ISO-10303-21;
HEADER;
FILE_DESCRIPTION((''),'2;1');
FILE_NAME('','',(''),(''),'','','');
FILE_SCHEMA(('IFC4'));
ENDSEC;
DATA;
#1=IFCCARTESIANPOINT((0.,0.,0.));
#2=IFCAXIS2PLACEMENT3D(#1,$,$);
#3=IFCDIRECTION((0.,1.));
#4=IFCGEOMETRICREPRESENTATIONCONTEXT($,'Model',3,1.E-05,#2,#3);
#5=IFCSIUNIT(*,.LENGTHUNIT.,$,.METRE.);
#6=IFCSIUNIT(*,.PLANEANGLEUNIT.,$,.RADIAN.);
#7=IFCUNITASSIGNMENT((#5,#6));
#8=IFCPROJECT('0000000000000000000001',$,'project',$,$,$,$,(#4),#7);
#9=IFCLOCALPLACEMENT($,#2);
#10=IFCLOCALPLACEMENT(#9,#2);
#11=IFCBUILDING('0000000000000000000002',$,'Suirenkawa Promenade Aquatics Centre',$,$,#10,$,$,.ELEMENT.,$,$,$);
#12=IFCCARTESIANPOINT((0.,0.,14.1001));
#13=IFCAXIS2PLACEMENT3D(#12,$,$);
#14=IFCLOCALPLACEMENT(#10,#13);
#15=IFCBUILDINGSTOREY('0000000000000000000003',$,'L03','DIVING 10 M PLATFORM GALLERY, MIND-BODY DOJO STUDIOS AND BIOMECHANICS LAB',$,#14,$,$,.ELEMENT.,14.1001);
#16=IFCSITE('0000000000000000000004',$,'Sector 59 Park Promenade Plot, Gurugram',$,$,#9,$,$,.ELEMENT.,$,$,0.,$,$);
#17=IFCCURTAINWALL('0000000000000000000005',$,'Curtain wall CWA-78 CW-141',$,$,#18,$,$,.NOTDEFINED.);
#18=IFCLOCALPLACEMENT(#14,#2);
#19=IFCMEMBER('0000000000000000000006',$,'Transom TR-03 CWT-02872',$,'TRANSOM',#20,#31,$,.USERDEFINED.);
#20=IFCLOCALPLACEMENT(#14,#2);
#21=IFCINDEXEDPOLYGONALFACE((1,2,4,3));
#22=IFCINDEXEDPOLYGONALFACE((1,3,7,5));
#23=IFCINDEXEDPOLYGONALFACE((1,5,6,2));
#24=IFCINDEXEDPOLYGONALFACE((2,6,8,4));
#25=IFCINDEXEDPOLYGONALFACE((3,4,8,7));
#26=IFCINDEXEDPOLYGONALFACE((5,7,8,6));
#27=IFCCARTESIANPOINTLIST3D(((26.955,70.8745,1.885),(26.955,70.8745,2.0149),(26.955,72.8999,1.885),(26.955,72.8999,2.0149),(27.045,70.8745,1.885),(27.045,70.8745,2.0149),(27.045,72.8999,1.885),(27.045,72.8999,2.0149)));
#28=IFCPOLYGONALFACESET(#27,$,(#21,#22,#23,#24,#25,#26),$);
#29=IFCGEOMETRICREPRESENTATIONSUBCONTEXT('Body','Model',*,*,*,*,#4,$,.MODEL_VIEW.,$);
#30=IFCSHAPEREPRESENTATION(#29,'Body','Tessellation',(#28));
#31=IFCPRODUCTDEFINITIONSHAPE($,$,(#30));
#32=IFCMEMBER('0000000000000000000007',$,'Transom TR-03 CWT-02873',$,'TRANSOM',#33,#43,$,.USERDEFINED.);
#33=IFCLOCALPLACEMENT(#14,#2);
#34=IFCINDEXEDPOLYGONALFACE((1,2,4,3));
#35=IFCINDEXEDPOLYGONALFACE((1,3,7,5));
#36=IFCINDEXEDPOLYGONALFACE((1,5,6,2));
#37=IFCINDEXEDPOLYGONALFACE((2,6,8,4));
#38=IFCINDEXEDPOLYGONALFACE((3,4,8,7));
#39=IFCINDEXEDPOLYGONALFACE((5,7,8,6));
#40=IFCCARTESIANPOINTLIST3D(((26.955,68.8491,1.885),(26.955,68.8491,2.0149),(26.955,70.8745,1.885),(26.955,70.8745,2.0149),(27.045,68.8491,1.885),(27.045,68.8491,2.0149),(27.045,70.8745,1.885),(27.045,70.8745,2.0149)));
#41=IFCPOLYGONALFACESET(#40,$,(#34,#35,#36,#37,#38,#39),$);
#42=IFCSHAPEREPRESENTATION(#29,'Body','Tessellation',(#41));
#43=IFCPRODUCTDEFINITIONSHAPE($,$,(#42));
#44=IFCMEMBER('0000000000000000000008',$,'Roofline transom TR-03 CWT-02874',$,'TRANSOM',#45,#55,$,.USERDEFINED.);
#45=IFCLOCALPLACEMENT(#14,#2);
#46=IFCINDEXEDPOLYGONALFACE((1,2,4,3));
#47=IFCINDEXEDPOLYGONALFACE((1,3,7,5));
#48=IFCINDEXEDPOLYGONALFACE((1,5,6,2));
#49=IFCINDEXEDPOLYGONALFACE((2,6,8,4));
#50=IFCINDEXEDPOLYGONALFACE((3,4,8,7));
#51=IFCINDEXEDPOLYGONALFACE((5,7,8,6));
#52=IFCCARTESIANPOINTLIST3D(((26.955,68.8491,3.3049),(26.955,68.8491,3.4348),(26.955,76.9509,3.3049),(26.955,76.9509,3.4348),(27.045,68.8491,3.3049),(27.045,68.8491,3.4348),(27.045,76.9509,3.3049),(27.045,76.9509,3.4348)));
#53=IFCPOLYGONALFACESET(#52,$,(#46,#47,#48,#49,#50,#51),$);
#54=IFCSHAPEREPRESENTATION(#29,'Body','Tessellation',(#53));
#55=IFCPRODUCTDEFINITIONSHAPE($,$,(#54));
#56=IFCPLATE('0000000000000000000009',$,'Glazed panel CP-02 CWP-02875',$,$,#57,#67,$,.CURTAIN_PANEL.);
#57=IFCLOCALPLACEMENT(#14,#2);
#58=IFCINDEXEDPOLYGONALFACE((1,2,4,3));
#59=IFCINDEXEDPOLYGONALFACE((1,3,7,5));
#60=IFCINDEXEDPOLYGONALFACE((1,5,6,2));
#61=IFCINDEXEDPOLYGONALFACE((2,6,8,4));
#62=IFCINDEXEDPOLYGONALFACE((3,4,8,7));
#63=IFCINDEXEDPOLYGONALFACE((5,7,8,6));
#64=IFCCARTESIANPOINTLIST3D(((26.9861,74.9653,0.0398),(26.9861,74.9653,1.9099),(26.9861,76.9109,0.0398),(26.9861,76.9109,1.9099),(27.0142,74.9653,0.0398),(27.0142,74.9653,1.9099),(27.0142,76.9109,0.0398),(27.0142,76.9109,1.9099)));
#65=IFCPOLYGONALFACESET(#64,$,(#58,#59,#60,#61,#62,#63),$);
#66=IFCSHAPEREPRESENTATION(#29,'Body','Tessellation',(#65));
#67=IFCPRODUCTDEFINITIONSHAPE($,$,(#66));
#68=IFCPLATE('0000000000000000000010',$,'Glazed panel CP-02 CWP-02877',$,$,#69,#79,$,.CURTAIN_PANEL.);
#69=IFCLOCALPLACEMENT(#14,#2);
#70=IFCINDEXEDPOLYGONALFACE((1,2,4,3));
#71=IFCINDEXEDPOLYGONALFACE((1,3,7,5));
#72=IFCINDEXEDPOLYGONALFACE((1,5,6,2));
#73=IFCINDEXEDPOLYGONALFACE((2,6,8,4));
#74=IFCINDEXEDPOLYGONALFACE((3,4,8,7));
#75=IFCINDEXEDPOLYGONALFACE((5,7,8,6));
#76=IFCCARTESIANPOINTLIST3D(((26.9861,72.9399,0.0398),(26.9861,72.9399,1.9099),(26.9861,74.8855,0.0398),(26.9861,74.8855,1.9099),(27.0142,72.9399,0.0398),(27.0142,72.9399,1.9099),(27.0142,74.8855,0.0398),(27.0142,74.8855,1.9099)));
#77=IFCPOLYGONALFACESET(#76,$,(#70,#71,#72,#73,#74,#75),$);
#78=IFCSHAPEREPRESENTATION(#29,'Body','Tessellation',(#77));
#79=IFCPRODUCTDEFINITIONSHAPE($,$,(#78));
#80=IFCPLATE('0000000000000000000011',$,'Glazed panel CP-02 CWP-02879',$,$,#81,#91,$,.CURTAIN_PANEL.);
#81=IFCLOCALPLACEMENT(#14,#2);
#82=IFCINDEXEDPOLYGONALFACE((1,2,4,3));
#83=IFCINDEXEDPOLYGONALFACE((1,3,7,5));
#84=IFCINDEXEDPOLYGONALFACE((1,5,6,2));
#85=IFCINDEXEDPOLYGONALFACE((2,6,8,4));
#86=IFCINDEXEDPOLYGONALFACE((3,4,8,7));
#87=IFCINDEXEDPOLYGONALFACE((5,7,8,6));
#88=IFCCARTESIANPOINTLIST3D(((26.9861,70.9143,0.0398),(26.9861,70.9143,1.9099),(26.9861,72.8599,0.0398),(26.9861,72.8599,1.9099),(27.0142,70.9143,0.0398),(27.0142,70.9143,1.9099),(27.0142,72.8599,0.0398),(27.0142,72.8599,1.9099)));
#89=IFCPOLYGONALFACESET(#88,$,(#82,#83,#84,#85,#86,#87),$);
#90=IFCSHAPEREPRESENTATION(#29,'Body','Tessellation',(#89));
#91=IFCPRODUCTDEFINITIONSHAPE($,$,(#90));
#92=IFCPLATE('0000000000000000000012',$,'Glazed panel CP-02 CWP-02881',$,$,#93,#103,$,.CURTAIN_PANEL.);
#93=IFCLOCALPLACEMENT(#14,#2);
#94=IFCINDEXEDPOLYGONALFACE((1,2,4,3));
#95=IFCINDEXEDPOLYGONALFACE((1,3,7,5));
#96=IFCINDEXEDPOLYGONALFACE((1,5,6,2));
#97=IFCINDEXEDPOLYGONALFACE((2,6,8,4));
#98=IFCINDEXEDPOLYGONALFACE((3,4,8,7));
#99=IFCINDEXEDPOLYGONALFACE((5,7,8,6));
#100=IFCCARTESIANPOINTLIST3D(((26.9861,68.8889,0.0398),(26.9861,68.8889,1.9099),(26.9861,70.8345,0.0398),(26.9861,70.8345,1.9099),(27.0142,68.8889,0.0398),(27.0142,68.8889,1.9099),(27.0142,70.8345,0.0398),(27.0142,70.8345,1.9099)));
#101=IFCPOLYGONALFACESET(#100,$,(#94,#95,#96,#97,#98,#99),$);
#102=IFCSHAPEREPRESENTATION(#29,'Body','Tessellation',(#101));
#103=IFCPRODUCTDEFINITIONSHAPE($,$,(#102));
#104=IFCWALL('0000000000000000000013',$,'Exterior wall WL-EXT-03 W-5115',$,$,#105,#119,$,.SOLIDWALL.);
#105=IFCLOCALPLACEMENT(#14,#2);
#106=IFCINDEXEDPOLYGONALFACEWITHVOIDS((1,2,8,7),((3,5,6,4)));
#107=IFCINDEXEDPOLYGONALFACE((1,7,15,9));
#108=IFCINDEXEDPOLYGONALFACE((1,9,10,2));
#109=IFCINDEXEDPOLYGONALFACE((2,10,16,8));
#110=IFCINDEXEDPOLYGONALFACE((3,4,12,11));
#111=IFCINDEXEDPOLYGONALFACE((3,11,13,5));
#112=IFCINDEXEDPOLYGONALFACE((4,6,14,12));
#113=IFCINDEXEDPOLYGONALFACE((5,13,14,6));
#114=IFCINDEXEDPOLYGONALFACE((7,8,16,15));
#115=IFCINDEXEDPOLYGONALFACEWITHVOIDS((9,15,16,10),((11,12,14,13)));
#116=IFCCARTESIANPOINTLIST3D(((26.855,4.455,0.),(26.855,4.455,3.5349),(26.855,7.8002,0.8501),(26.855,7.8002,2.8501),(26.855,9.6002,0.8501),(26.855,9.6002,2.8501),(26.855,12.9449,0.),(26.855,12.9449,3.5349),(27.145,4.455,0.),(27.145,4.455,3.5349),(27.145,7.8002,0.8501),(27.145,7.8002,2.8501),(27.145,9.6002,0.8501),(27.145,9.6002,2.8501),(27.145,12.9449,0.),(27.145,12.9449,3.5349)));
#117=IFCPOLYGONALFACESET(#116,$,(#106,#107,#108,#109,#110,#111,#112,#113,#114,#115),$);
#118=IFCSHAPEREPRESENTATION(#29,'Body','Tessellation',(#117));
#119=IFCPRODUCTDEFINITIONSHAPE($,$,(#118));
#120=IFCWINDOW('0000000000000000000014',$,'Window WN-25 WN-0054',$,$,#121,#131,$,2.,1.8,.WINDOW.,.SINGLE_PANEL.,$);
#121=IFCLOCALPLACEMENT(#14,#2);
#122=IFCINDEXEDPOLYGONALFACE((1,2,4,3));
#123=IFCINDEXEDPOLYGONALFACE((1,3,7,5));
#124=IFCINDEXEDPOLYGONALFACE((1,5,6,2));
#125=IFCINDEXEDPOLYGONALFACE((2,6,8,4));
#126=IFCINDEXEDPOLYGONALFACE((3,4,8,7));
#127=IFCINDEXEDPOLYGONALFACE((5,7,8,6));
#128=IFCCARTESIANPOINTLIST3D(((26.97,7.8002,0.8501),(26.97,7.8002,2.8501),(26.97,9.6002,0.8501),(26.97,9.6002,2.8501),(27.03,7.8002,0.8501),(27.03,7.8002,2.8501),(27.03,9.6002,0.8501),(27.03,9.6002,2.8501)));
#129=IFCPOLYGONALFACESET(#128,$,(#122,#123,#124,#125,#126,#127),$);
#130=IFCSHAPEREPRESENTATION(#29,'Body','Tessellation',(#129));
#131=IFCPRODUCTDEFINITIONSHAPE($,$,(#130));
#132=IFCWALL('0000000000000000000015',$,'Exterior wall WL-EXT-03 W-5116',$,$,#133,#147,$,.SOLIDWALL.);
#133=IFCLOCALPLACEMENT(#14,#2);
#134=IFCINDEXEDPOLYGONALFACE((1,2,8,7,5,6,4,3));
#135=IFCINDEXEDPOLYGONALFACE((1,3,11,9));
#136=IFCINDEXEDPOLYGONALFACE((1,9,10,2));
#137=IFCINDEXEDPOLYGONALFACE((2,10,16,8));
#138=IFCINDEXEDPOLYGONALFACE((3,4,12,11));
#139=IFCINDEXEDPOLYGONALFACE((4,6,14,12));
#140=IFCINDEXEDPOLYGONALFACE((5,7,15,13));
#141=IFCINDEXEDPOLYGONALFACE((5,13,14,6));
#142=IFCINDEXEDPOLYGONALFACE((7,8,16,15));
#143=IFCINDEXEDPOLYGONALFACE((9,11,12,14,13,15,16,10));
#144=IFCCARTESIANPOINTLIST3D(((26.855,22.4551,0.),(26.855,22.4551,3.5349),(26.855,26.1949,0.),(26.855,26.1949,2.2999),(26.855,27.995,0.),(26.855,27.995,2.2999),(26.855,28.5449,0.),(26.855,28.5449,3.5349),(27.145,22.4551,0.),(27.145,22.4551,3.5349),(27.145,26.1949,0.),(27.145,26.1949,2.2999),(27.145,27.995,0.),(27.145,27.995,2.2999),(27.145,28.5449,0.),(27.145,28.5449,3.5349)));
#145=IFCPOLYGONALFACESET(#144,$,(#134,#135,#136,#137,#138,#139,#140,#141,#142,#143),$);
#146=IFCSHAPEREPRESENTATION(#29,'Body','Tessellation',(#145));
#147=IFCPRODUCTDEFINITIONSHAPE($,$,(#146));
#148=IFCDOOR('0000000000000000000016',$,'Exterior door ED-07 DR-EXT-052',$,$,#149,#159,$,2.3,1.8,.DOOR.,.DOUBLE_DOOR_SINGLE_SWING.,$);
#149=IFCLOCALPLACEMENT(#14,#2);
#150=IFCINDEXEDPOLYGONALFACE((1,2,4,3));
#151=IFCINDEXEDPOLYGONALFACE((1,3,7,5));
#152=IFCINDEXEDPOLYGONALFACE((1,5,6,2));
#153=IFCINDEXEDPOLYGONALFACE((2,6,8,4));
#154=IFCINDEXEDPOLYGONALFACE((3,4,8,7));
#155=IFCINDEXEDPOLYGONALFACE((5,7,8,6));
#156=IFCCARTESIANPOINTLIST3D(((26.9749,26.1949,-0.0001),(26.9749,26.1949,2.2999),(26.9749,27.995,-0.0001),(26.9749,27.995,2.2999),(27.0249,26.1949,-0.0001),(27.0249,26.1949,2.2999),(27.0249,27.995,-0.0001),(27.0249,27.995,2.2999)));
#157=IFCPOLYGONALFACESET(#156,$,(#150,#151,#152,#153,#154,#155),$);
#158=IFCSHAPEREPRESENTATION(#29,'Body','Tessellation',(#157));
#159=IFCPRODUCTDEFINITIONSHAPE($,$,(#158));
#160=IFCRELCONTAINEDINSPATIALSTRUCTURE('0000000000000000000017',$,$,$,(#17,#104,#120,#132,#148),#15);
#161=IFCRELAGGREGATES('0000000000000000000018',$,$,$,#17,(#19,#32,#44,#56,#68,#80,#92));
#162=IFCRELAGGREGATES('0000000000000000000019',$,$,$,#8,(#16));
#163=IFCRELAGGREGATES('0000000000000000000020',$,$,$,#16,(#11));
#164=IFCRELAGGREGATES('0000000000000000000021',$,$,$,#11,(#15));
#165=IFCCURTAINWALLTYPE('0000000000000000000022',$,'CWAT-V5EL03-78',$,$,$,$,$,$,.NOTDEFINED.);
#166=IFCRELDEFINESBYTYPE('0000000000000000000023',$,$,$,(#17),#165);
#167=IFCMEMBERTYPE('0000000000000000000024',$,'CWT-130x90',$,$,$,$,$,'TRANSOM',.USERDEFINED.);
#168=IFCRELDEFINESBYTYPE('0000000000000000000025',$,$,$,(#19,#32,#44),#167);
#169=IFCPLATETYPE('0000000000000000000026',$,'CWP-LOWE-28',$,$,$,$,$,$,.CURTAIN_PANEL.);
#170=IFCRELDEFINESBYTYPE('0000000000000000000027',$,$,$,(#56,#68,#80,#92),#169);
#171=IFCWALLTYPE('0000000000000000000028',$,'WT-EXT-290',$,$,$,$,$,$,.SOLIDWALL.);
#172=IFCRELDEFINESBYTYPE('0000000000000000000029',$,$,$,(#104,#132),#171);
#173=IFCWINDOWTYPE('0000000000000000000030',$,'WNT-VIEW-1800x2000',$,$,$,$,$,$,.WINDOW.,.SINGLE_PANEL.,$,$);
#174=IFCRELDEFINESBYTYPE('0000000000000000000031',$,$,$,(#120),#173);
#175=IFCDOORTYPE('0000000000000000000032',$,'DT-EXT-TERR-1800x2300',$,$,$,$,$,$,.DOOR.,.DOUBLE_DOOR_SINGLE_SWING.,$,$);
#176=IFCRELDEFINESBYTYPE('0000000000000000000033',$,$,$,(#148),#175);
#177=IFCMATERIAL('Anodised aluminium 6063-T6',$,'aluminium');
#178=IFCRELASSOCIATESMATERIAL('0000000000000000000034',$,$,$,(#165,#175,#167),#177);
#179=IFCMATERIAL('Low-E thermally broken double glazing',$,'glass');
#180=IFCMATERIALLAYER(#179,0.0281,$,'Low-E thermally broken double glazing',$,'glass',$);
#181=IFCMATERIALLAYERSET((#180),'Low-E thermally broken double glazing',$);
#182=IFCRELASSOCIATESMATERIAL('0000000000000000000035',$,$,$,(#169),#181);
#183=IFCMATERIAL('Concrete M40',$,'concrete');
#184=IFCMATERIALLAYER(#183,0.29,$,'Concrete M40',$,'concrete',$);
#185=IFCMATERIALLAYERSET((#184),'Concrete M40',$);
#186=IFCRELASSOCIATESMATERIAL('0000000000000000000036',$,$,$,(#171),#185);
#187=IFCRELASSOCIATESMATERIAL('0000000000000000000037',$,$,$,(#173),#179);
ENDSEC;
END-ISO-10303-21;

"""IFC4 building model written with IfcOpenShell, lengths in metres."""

from ifc_helpers import new_model, si_unit, direction, frame, frame_2d, origin, origin_2d, place, context, subcontext, project, spatial, polyline, rectangle, outline, extrude, material, layer, layer_set, material_profile, profile_set, type_object, element, fill, aggregate, save


model = new_model("IFC4")

# Units and contexts
model_context = context("Model", 3, precision=1e-05, world=origin(), true_north=direction((0.0, 1.0)))
body_context = subcontext(model_context, "Body", "Model", "MODEL_VIEW")
ifc_project = project(units=[si_unit("LENGTHUNIT", "METRE"), si_unit("PLANEANGLEUNIT", "RADIAN")], contexts=[model_context])

# Site, building, storey
site_placement = place(None, origin())
site = spatial("IfcSite", under=ifc_project, at=site_placement, Name="Sector 59 Park Promenade Plot, Gurugram", CompositionType="ELEMENT", RefElevation=0.0)
building_placement = place(site_placement, origin())
building = spatial("IfcBuilding", under=site, at=building_placement, Name="Suirenkawa Promenade Aquatics Centre", CompositionType="ELEMENT")
storey_placement = place(building_placement, frame((0.0, 0.0, 14.1001)))
storey = spatial("IfcBuildingStorey", under=building, at=storey_placement, Name="L03", Description="DIVING 10 M PLATFORM GALLERY, MIND-BODY DOJO STUDIOS AND BIOMECHANICS LAB", CompositionType="ELEMENT", Elevation=14.1001)

# Curtain wall, members, plates
ifc_material_1 = material(Name="Anodised aluminium 6063-T6", Category="aluminium")
curtain_wall_type = type_object("IfcCurtainWallType", Name="CWAT-V5EL03-78", PredefinedType="NOTDEFINED", material=ifc_material_1)
curtain_wall_placement = place(storey_placement, origin())
curtain_wall = element("IfcCurtainWall", 1, at=curtain_wall_placement, inside=storey, type_object=curtain_wall_type, Name="Curtain wall CWA-78 CW-141", PredefinedType="NOTDEFINED")
ifc_material_profile = material_profile(ifc_material_1, rectangle(XDim=0.0901, YDim=0.1299, at=origin_2d()), Name="ALU TRAN 90x130", Category="aluminium")
ifc_profile_set = profile_set([ifc_material_profile], Name="Anodised aluminium 6063-T6")
member_type = type_object("IfcMemberType", Name="CWT-130x90", ElementType="TRANSOM", PredefinedType="USERDEFINED", material=ifc_profile_set)
member_1_placement = place(storey_placement, frame((27.0, 72.8999, 1.95), z_axis=(0.0, -1.0, 0.0), x_axis=(1.0, 0.0, 0.0)))
member_1 = element("IfcMember", 2, at=member_1_placement, type_object=member_type, Name="Transom TR-03 CWT-02872", ObjectType="TRANSOM", PredefinedType="USERDEFINED", context=body_context, shape_type="SweptSolid", body=[
    extrude(rectangle(XDim=0.0901, YDim=0.1299, at=origin_2d()), origin(), (0.0, 0.0, 1.0), 2.0254),
])
member_2_placement = place(storey_placement, frame((27.0, 70.8745, 1.95), z_axis=(0.0, -1.0, 0.0), x_axis=(1.0, 0.0, 0.0)))
member_2 = element("IfcMember", 3, at=member_2_placement, type_object=member_type, Name="Transom TR-03 CWT-02873", ObjectType="TRANSOM", PredefinedType="USERDEFINED", context=body_context, shape_type="SweptSolid", body=[
    extrude(rectangle(XDim=0.0901, YDim=0.1299, at=origin_2d()), origin(), (0.0, 0.0, 1.0), 2.0254),
])
member_3_placement = place(storey_placement, frame((27.0, 76.9509, 3.3699), z_axis=(0.0, -1.0, 0.0), x_axis=(1.0, 0.0, 0.0)))
member_3 = element("IfcMember", 4, at=member_3_placement, type_object=member_type, Name="Roofline transom TR-03 CWT-02874", ObjectType="TRANSOM", PredefinedType="USERDEFINED", context=body_context, shape_type="SweptSolid", body=[
    extrude(rectangle(XDim=0.0901, YDim=0.1299, at=origin_2d()), origin(), (0.0, 0.0, 1.0), 8.1018),
])
ifc_material_2 = material(Name="Low-E thermally broken double glazing", Category="glass")
ifc_layer_1 = layer(ifc_material_2, 0.0281, Name="Low-E thermally broken double glazing", Category="glass")
ifc_layer_set_1 = layer_set([ifc_layer_1], Name="Low-E thermally broken double glazing")
plate_type = type_object("IfcPlateType", Name="CWP-LOWE-28", PredefinedType="CURTAIN_PANEL", material=ifc_layer_set_1)
plate_1_placement = place(storey_placement, frame((27.0, 76.9509, 0.0398), z_axis=(0.0, 0.0, 1.0), x_axis=(0.0, -1.0, 0.0)))
plate_1 = element("IfcPlate", 5, at=plate_1_placement, type_object=plate_type, Name="Glazed panel CP-02 CWP-02875", PredefinedType="CURTAIN_PANEL", context=body_context, shape_type="SweptSolid", body=[
    extrude(outline(polyline([(0.04, 0.0), (1.9856, 0.0), (1.9856, 1.8701), (0.04, 1.8701), (0.04, 0.0)])), frame((0.0, 0.0142, 0.0), z_axis=(0.0, -1.0, 0.0), x_axis=(1.0, 0.0, 0.0)), (0.0, 0.0, 1.0), 0.0281),
])
plate_2_placement = place(storey_placement, frame((27.0, 74.9255, 0.0398), z_axis=(0.0, 0.0, 1.0), x_axis=(0.0, -1.0, 0.0)))
plate_2 = element("IfcPlate", 6, at=plate_2_placement, type_object=plate_type, Name="Glazed panel CP-02 CWP-02877", PredefinedType="CURTAIN_PANEL", context=body_context, shape_type="SweptSolid", body=[
    extrude(outline(polyline([(0.04, 0.0), (1.9856, 0.0), (1.9856, 1.8701), (0.04, 1.8701), (0.04, 0.0)])), frame((0.0, 0.0142, 0.0), z_axis=(0.0, -1.0, 0.0), x_axis=(1.0, 0.0, 0.0)), (0.0, 0.0, 1.0), 0.0281),
])
plate_3_placement = place(storey_placement, frame((27.0, 72.8999, 0.0398), z_axis=(0.0, 0.0, 1.0), x_axis=(0.0, -1.0, 0.0)))
plate_3 = element("IfcPlate", 7, at=plate_3_placement, type_object=plate_type, Name="Glazed panel CP-02 CWP-02879", PredefinedType="CURTAIN_PANEL", context=body_context, shape_type="SweptSolid", body=[
    extrude(outline(polyline([(0.04, 0.0), (1.9856, 0.0), (1.9856, 1.8701), (0.04, 1.8701), (0.04, 0.0)])), frame((0.0, 0.0142, 0.0), z_axis=(0.0, -1.0, 0.0), x_axis=(1.0, 0.0, 0.0)), (0.0, 0.0, 1.0), 0.0281),
])
plate_4_placement = place(storey_placement, frame((27.0, 70.8745, 0.0398), z_axis=(0.0, 0.0, 1.0), x_axis=(0.0, -1.0, 0.0)))
plate_4 = element("IfcPlate", 8, at=plate_4_placement, type_object=plate_type, Name="Glazed panel CP-02 CWP-02881", PredefinedType="CURTAIN_PANEL", context=body_context, shape_type="SweptSolid", body=[
    extrude(outline(polyline([(0.04, 0.0), (1.9856, 0.0), (1.9856, 1.8701), (0.04, 1.8701), (0.04, 0.0)])), frame((0.0, 0.0142, 0.0), z_axis=(0.0, -1.0, 0.0), x_axis=(1.0, 0.0, 0.0)), (0.0, 0.0, 1.0), 0.0281),
])
aggregate(curtain_wall, [member_1, member_2, member_3, plate_1, plate_2, plate_3, plate_4])

# Wall, opening, window
ifc_material_3 = material(Name="Concrete M40", Category="concrete")
ifc_layer_2 = layer(ifc_material_3, 0.29, Name="Concrete M40", Category="concrete")
ifc_layer_set_2 = layer_set([ifc_layer_2], Name="Concrete M40")
wall_type_1 = type_object("IfcWallType", Name="WT-EXT-290", PredefinedType="SOLIDWALL", material=ifc_layer_set_2)
wall_1_placement = place(storey_placement, frame((27.0, 12.9451, 0.0), z_axis=(0.0, 0.0, 1.0), x_axis=(0.0, -1.0, 0.0)))
wall_1 = element("IfcWall", 9, at=wall_1_placement, inside=storey, type_object=wall_type_1, Name="Exterior wall WL-EXT-03 W-5115", PredefinedType="SOLIDWALL", context=body_context, shape_type="SweptSolid", body=[
    extrude(rectangle(XDim=8.49, YDim=0.29, at=frame_2d((4.2451, 0.0))), origin(), (0.0, 0.0, 1.0), 3.5349),
])
opening_1_placement = place(wall_1_placement, frame((3.345, 0.0, 0.8501)))
opening_1 = element("IfcOpeningElement", 10, at=opening_1_placement, cuts=wall_1, PredefinedType="OPENING", context=body_context, shape_type="SweptSolid", body=[
    extrude(rectangle(XDim=1.8, YDim=2.0, at=frame_2d((0.8999, 1.0))), frame((0.0, 0.155, 0.0), z_axis=(0.0, -1.0, 0.0), x_axis=(1.0, 0.0, 0.0)), (0.0, 0.0, 1.0), 0.3101),
])
window_type = type_object("IfcWindowType", Name="WNT-VIEW-1800x2000", PartitioningType="SINGLE_PANEL", PredefinedType="WINDOW", material=ifc_material_2)
window_placement = place(opening_1_placement, origin())
window = element("IfcWindow", 11, at=window_placement, inside=storey, type_object=window_type, Name="Window WN-25 WN-0054", OverallHeight=2.0, OverallWidth=1.8, PartitioningType="SINGLE_PANEL", PredefinedType="WINDOW", context=body_context, shape_type="SweptSolid", body=[
    extrude(rectangle(XDim=1.8, YDim=2.0, at=frame_2d((0.8999, 1.0))), frame((0.0, 0.03, 0.0), z_axis=(0.0, -1.0, 0.0), x_axis=(1.0, 0.0, 0.0)), (0.0, 0.0, 1.0), 0.0601),
])
fill(opening_1, window)

# Wall, opening, door
wall_2_placement = place(storey_placement, frame((27.0, 28.5449, 0.0), z_axis=(0.0, 0.0, 1.0), x_axis=(0.0, -1.0, 0.0)))
wall_2 = element("IfcWall", 12, at=wall_2_placement, inside=storey, type_object=wall_type_1, Name="Exterior wall WL-EXT-03 W-5116", PredefinedType="SOLIDWALL", context=body_context, shape_type="SweptSolid", body=[
    extrude(rectangle(XDim=6.0898, YDim=0.29, at=frame_2d((3.0449, 0.0))), origin(), (0.0, 0.0, 1.0), 3.5349),
])
opening_2_placement = place(wall_2_placement, frame((0.55, 0.0, 0.0)))
opening_2 = element("IfcOpeningElement", 13, at=opening_2_placement, cuts=wall_2, PredefinedType="OPENING", context=body_context, shape_type="SweptSolid", body=[
    extrude(rectangle(XDim=1.8, YDim=2.3, at=frame_2d((0.8999, 1.1499))), frame((0.0, 0.155, 0.0), z_axis=(0.0, -1.0, 0.0), x_axis=(1.0, 0.0, 0.0)), (0.0, 0.0, 1.0), 0.3101),
])
door_type_1 = type_object("IfcDoorType", Name="DT-EXT-TERR-1800x2300", OperationType="DOUBLE_DOOR_SINGLE_SWING", PredefinedType="DOOR", material=ifc_material_1)
door_1_placement = place(opening_2_placement, origin())
door_1 = element("IfcDoor", 14, at=door_1_placement, inside=storey, type_object=door_type_1, Name="Exterior door ED-07 DR-EXT-052", OperationType="DOUBLE_DOOR_SINGLE_SWING", OverallHeight=2.3, OverallWidth=1.8, PredefinedType="DOOR", context=body_context, shape_type="SweptSolid", body=[
    extrude(rectangle(XDim=1.8, YDim=2.3, at=frame_2d((0.8999, 1.1499))), frame((0.0, 0.0249, 0.0), z_axis=(0.0, -1.0, 0.0), x_axis=(1.0, 0.0, 0.0)), (0.0, 0.0, 1.0), 0.05),
])
fill(opening_2, door_1)

save(model, "model.ifc")
